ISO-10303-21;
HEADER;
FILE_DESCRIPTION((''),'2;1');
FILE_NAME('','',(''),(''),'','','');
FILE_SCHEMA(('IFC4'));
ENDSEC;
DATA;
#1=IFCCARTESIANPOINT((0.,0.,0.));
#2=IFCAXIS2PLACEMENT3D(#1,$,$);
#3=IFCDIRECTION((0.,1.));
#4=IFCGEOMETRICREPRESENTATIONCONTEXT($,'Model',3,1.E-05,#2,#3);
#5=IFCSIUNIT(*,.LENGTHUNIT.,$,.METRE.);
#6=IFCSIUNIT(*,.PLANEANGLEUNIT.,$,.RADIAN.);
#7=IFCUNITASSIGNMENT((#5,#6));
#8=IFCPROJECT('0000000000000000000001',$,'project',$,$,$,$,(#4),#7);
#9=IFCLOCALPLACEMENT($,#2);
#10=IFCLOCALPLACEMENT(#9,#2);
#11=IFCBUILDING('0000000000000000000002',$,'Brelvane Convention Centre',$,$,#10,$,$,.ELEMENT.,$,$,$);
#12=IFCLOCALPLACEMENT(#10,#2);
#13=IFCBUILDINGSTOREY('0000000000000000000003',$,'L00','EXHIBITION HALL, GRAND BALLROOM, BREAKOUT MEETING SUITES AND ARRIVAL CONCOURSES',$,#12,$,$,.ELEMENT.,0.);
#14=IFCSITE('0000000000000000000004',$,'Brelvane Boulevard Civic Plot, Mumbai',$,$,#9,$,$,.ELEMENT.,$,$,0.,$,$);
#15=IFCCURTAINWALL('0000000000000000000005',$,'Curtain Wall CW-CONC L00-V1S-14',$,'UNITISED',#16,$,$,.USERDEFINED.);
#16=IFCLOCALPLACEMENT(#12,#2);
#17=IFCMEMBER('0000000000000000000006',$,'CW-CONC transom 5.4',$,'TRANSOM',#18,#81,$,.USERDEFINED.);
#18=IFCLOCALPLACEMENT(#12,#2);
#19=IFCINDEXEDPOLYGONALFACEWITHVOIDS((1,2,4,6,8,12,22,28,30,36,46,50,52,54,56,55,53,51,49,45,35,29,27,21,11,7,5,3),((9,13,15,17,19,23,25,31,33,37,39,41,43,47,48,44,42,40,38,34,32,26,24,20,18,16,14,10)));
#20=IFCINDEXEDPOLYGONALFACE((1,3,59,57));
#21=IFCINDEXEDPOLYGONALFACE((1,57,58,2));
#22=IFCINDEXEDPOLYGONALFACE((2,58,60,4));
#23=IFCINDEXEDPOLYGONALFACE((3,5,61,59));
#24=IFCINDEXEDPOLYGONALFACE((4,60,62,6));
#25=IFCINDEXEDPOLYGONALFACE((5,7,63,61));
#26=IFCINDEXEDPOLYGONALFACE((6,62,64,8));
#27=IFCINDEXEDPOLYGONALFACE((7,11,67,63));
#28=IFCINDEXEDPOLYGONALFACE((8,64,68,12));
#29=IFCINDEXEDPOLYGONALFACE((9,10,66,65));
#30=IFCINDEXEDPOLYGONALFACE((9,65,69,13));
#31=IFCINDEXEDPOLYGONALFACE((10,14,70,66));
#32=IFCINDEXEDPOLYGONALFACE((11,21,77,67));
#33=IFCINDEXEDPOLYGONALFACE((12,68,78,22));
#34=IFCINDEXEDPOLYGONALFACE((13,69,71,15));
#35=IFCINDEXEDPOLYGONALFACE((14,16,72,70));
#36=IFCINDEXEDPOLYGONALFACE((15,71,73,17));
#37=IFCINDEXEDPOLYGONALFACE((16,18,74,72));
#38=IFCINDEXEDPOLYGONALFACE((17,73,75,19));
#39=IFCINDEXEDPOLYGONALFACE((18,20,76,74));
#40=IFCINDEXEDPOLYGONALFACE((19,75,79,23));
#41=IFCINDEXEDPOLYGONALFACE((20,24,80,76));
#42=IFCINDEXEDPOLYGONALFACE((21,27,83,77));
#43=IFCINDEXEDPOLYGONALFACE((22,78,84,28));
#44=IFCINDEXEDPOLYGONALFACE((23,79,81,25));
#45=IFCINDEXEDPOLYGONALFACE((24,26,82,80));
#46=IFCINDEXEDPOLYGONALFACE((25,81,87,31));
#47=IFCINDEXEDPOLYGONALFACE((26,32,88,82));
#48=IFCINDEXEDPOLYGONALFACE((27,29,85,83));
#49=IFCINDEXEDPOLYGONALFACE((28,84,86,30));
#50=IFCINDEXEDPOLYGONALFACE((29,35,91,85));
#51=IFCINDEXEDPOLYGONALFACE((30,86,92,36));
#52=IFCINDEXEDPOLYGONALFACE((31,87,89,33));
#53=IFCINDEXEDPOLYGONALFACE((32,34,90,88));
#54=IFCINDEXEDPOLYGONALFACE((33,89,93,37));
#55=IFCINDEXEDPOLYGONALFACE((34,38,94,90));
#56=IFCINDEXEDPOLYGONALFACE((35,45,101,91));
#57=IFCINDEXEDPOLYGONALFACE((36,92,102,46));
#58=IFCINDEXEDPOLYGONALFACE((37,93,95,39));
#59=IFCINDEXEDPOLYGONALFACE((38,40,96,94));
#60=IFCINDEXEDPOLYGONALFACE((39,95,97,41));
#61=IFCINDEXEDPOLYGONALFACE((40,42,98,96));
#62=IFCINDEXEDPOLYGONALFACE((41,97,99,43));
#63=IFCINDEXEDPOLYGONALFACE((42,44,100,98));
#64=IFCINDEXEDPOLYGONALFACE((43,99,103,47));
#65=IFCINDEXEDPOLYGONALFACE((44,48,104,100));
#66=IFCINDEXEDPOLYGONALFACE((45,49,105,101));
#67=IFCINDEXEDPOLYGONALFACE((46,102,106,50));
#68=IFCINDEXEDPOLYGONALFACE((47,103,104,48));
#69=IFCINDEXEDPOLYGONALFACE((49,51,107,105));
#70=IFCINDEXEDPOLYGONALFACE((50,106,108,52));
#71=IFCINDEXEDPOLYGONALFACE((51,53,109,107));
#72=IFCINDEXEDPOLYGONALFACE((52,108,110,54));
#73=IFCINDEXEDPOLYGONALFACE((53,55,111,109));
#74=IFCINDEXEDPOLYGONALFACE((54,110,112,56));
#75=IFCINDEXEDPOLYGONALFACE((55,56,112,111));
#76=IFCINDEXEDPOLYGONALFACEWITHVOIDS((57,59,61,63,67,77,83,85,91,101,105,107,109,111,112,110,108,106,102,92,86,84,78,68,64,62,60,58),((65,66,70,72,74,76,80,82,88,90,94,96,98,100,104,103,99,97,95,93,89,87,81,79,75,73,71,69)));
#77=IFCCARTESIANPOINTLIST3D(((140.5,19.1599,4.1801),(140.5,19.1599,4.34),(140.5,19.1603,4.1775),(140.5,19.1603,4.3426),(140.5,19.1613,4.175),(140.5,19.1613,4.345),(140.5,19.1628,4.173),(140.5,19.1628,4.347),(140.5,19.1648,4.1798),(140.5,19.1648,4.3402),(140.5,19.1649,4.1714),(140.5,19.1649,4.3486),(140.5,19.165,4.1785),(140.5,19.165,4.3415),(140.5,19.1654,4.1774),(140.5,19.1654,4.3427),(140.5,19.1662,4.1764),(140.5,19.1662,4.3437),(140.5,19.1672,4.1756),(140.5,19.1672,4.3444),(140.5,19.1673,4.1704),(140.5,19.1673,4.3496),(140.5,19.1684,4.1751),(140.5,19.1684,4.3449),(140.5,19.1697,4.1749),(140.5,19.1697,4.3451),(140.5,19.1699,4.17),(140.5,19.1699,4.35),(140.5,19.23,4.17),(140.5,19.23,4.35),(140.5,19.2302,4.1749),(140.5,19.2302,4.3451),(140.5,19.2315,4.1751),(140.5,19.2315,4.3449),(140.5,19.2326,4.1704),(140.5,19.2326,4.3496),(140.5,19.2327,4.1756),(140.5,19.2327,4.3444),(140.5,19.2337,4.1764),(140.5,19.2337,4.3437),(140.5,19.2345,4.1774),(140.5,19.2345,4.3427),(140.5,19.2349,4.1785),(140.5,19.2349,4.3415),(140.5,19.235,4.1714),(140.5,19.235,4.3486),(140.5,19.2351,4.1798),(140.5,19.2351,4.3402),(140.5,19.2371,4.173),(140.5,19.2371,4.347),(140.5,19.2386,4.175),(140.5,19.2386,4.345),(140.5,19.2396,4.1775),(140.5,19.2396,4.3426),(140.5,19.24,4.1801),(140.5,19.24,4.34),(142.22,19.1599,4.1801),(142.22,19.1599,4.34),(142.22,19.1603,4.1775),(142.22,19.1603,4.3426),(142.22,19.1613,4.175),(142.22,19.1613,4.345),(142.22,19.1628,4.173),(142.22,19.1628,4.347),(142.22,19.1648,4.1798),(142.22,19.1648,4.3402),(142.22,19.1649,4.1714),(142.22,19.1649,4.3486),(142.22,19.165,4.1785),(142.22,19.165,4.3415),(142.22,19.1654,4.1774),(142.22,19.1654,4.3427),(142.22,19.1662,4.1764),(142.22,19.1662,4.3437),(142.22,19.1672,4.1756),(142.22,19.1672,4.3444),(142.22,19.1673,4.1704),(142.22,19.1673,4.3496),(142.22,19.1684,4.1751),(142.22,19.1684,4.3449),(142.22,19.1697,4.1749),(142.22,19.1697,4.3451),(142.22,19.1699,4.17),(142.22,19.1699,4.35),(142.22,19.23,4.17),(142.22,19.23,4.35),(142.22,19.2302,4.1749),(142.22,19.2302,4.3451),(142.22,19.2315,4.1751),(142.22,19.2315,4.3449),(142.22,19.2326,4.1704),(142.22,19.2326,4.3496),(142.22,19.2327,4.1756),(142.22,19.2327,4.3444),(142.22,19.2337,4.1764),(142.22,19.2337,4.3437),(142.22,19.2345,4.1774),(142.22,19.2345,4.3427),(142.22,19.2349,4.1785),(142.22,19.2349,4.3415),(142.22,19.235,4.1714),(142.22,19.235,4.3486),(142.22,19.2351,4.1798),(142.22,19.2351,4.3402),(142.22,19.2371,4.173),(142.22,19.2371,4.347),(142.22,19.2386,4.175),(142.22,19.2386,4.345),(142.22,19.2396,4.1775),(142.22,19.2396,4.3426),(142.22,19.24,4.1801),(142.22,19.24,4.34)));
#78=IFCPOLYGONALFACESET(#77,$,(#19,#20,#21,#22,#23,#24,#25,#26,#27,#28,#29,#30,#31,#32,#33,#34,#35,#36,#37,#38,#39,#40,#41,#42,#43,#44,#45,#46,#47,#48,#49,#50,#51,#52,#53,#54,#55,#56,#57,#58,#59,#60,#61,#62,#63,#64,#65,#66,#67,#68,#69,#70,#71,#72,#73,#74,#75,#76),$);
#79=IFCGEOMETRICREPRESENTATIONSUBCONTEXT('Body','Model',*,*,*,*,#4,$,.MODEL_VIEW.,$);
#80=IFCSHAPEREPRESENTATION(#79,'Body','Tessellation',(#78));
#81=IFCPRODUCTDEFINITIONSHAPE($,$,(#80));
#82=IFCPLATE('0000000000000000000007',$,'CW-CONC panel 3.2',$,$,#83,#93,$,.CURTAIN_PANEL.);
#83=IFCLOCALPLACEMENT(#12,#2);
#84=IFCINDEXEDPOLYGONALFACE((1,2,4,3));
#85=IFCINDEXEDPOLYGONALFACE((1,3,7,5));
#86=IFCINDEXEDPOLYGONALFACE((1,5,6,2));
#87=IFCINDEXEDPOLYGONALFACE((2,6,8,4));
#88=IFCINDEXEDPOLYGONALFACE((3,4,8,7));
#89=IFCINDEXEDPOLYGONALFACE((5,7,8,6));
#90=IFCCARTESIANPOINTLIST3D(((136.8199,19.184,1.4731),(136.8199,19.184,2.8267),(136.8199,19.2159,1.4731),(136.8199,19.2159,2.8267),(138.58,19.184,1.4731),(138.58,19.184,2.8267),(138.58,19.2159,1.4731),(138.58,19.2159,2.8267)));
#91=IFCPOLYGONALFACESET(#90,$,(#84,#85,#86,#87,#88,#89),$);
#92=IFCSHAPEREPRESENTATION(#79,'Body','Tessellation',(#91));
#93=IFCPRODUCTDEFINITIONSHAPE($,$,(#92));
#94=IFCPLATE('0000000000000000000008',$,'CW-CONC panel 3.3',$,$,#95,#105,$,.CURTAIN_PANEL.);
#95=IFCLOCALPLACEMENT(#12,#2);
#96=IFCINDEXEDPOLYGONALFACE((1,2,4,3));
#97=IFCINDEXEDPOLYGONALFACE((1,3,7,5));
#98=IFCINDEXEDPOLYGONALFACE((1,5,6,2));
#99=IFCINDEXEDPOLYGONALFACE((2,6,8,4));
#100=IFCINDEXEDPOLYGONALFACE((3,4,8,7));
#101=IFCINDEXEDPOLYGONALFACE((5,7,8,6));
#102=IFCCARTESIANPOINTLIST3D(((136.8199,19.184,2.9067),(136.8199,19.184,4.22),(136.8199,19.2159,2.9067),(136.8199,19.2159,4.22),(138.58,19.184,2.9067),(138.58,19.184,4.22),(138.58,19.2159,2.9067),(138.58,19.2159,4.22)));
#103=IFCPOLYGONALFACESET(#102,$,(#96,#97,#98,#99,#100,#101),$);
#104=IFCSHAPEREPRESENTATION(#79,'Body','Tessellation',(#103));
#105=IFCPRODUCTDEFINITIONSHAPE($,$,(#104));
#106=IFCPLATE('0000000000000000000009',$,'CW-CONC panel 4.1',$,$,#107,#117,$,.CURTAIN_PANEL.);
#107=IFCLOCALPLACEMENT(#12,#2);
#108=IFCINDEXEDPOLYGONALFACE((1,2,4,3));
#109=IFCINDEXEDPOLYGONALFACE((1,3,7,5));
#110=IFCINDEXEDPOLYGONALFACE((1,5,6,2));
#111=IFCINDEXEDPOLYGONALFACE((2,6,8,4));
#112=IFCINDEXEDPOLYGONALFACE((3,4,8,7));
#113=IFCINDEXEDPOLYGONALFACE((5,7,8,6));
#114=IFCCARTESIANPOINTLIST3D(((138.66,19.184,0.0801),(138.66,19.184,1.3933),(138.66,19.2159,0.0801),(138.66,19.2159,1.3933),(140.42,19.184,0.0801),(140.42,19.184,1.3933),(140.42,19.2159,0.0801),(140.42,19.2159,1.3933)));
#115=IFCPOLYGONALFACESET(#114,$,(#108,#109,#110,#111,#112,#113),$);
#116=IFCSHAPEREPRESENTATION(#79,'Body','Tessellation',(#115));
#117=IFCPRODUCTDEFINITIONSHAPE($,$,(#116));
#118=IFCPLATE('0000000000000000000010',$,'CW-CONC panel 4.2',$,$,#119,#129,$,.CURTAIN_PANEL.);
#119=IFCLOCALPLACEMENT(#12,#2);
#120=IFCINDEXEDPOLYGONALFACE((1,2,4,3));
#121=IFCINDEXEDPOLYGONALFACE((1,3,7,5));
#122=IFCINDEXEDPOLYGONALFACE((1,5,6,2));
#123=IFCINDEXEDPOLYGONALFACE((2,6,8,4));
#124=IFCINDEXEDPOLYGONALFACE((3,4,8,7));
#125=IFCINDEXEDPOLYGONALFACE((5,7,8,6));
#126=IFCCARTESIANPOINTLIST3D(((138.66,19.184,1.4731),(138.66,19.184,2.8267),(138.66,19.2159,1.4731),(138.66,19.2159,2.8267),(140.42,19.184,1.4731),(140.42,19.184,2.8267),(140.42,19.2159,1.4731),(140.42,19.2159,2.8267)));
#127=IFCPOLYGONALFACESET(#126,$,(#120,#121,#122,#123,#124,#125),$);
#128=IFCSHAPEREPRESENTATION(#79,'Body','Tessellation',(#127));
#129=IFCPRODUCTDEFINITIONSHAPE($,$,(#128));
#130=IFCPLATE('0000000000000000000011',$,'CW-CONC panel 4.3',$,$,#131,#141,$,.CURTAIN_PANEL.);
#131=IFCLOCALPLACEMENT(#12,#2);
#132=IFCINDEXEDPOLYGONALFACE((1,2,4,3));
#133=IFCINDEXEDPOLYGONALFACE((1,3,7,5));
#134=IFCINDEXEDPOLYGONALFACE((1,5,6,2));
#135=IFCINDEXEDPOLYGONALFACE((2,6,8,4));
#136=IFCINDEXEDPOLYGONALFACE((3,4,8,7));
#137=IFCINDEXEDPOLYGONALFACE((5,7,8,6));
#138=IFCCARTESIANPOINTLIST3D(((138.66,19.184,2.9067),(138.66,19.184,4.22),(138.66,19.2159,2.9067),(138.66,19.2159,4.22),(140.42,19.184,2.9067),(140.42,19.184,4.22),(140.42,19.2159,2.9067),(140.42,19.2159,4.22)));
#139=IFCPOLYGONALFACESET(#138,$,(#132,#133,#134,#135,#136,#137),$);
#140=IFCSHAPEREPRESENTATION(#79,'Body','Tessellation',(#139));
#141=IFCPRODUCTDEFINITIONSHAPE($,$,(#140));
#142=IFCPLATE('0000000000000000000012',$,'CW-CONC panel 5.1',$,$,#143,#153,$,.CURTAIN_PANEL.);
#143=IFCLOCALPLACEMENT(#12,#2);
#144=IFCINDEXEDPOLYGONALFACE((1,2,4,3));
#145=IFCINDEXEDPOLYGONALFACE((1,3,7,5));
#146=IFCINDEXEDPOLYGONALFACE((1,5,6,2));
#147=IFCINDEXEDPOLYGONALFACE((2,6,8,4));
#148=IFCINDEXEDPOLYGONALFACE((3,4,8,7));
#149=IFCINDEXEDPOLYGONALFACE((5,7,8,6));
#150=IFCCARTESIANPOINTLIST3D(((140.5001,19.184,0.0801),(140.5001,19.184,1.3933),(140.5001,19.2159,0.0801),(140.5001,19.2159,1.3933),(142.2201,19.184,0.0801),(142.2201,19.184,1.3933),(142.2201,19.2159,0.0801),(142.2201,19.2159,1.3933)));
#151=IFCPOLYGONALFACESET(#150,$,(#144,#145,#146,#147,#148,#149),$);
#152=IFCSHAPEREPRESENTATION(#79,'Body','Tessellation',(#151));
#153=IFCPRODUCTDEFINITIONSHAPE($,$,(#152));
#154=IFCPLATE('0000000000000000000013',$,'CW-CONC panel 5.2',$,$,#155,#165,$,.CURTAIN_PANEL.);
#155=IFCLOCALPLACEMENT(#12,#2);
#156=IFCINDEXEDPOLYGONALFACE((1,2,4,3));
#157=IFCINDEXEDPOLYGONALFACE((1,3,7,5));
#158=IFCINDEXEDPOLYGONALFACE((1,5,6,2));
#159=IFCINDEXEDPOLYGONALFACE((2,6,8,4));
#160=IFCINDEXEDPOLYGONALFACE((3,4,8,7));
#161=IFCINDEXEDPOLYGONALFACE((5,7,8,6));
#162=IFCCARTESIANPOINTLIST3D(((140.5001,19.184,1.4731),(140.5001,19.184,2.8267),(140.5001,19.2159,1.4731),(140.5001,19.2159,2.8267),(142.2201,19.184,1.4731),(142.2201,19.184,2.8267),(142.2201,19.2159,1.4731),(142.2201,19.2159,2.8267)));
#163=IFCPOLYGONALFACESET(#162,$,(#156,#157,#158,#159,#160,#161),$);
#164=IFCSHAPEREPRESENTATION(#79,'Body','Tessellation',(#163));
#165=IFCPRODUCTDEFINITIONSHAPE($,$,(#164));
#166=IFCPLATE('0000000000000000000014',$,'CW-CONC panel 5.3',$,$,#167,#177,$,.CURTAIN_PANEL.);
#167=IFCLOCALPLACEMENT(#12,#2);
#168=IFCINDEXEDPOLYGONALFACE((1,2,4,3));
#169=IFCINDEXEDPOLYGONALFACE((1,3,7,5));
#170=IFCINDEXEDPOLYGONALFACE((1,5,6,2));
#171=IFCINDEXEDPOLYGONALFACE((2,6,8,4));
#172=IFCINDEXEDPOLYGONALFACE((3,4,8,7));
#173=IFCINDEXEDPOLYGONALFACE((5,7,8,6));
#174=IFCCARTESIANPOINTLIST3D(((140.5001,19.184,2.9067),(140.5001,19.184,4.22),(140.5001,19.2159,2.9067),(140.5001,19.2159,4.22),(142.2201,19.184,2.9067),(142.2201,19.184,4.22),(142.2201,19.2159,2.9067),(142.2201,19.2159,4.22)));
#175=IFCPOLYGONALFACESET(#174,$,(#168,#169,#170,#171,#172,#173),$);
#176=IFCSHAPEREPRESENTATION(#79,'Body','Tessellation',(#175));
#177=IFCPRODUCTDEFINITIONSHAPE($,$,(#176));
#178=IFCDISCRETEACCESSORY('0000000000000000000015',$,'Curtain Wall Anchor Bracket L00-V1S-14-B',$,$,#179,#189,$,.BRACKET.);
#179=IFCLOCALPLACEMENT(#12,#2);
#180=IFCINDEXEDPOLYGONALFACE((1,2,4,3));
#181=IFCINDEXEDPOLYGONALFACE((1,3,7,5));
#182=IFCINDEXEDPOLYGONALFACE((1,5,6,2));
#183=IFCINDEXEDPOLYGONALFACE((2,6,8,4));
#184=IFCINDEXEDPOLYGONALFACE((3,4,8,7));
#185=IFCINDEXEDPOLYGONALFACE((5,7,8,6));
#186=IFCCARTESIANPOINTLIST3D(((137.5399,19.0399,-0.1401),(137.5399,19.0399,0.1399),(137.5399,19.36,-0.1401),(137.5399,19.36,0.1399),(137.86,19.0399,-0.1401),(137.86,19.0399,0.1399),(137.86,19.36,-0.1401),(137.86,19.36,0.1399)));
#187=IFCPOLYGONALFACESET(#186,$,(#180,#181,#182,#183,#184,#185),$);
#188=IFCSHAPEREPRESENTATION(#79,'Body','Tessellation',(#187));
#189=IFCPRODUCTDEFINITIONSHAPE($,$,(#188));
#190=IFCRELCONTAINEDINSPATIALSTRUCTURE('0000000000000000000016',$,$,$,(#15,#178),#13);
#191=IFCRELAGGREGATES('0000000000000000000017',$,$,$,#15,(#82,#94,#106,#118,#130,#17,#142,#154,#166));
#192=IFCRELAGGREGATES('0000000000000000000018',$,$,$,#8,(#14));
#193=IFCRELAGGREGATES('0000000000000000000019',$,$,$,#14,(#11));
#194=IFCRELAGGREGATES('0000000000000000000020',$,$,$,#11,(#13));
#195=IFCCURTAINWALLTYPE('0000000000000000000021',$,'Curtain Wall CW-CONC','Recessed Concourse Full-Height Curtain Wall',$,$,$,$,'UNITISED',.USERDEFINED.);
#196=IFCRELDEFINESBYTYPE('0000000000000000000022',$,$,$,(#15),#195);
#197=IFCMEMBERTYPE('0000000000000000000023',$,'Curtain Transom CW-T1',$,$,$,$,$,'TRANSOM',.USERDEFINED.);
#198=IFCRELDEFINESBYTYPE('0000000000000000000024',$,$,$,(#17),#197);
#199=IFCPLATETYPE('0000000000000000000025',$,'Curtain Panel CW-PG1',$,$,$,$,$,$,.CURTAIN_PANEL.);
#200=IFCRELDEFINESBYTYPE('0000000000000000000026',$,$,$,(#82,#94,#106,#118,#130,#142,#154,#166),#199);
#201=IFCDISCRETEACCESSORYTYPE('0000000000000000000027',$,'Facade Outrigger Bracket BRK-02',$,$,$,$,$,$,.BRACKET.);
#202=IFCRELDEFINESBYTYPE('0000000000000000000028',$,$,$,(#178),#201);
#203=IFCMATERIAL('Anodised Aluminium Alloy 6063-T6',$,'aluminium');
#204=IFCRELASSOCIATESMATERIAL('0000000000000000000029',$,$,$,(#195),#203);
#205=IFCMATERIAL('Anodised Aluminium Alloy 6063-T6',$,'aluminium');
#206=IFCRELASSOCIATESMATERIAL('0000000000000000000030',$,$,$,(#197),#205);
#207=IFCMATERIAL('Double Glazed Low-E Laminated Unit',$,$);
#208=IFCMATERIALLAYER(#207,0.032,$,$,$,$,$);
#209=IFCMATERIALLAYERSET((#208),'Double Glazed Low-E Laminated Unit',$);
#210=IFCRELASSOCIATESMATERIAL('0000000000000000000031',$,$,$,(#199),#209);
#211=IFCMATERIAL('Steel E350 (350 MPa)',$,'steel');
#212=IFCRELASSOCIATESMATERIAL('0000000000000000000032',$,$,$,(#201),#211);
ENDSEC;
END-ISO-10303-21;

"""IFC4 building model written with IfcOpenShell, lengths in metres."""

from ifc_helpers import new_model, si_unit, direction, frame, origin, origin_2d, place, context, subcontext, project, spatial, rectangle, hollow_rectangle, extrude, material, layer, layer_set, material_profile, profile_set, type_object, element, aggregate, save


model = new_model("IFC4")

# Units and contexts
model_context = context("Model", 3, precision=1e-05, world=origin(), true_north=direction((0.0, 1.0)))
body_context = subcontext(model_context, "Body", "Model", "MODEL_VIEW")
ifc_project = project(units=[si_unit("LENGTHUNIT", "METRE"), si_unit("PLANEANGLEUNIT", "RADIAN")], contexts=[model_context])

# Site, building, storey
site_placement = place(None, origin())
site = spatial("IfcSite", under=ifc_project, at=site_placement, Name="Brelvane Boulevard Civic Plot, Mumbai", CompositionType="ELEMENT", RefElevation=0.0)
building_placement = place(site_placement, origin())
building = spatial("IfcBuilding", under=site, at=building_placement, Name="Brelvane Convention Centre", CompositionType="ELEMENT")
storey_placement = place(building_placement, origin())
storey = spatial("IfcBuildingStorey", under=building, at=storey_placement, Name="L00", Description="EXHIBITION HALL, GRAND BALLROOM, BREAKOUT MEETING SUITES AND ARRIVAL CONCOURSES", CompositionType="ELEMENT", Elevation=0.0)

# Curtain wall, member, plates
ifc_material_1 = material(Name="Anodised Aluminium Alloy 6063-T6", Category="aluminium")
curtain_wall_type = type_object("IfcCurtainWallType", Name="Curtain Wall CW-CONC", Description="Recessed Concourse Full-Height Curtain Wall", ElementType="UNITISED", PredefinedType="USERDEFINED", material=ifc_material_1)
curtain_wall_placement = place(storey_placement, origin())
curtain_wall = element("IfcCurtainWall", 1, at=curtain_wall_placement, inside=storey, type_object=curtain_wall_type, Name="Curtain Wall CW-CONC L00-V1S-14", ObjectType="UNITISED", PredefinedType="USERDEFINED")
ifc_material_2 = material(Name="Anodised Aluminium Alloy 6063-T6", Category="aluminium")
ifc_material_profile_1 = material_profile(ifc_material_2, hollow_rectangle(XDim=0.0801, YDim=0.1799, WallThickness=0.0049, InnerFilletRadius=0.0049, OuterFilletRadius=0.01, at=origin_2d()), Name="ALU-T 180x80x5.0")
ifc_profile_set_1 = profile_set([ifc_material_profile_1], Name="Anodised Aluminium Alloy 6063-T6")
member_type_1 = type_object("IfcMemberType", Name="Curtain Transom CW-T1", ElementType="TRANSOM", PredefinedType="USERDEFINED", material=ifc_profile_set_1)
member_1_placement = place(storey_placement, frame((140.5, 19.2, 4.26), z_axis=(1.0, 0.0, 0.0), x_axis=(0.0, 1.0, 0.0)))
member_1 = element("IfcMember", 2, at=member_1_placement, type_object=member_type_1, Name="CW-CONC transom 5.4", ObjectType="TRANSOM", PredefinedType="USERDEFINED", context=body_context, shape_type="SweptSolid", body=[
    extrude(hollow_rectangle(XDim=0.0801, YDim=0.1799, WallThickness=0.0049, InnerFilletRadius=0.0049, OuterFilletRadius=0.01, at=origin_2d()), origin(), (0.0, 0.0, 1.0), 1.72),
])
ifc_material_3 = material(Name="Double Glazed Low-E Laminated Unit")
ifc_layer = layer(ifc_material_3, 0.032)
ifc_layer_set = layer_set([ifc_layer], Name="Double Glazed Low-E Laminated Unit")
plate_type = type_object("IfcPlateType", Name="Curtain Panel CW-PG1", PredefinedType="CURTAIN_PANEL", material=ifc_layer_set)
plate_1_placement = place(storey_placement, frame((137.7, 19.2, 1.4731), z_axis=(0.0, 0.0, 1.0), x_axis=(1.0, 0.0, 0.0)))
plate_1 = element("IfcPlate", 3, at=plate_1_placement, type_object=plate_type, Name="CW-CONC panel 3.2", PredefinedType="CURTAIN_PANEL", context=body_context, shape_type="SweptSolid", body=[
    extrude(rectangle(XDim=1.76, YDim=0.032, at=origin_2d()), origin(), (0.0, 0.0, 1.0), 1.3535),
])
plate_2_placement = place(storey_placement, frame((137.7, 19.2, 2.9067), z_axis=(0.0, 0.0, 1.0), x_axis=(1.0, 0.0, 0.0)))
plate_2 = element("IfcPlate", 4, at=plate_2_placement, type_object=plate_type, Name="CW-CONC panel 3.3", PredefinedType="CURTAIN_PANEL", context=body_context, shape_type="SweptSolid", body=[
    extrude(rectangle(XDim=1.76, YDim=0.032, at=origin_2d()), origin(), (0.0, 0.0, 1.0), 1.3132),
])
plate_3_placement = place(storey_placement, frame((139.54, 19.2, 0.0801), z_axis=(0.0, 0.0, 1.0), x_axis=(1.0, 0.0, 0.0)))
plate_3 = element("IfcPlate", 5, at=plate_3_placement, type_object=plate_type, Name="CW-CONC panel 4.1", PredefinedType="CURTAIN_PANEL", context=body_context, shape_type="SweptSolid", body=[
    extrude(rectangle(XDim=1.76, YDim=0.032, at=origin_2d()), origin(), (0.0, 0.0, 1.0), 1.3132),
])
plate_4_placement = place(storey_placement, frame((139.54, 19.2, 1.4731), z_axis=(0.0, 0.0, 1.0), x_axis=(1.0, 0.0, 0.0)))
plate_4 = element("IfcPlate", 6, at=plate_4_placement, type_object=plate_type, Name="CW-CONC panel 4.2", PredefinedType="CURTAIN_PANEL", context=body_context, shape_type="SweptSolid", body=[
    extrude(rectangle(XDim=1.76, YDim=0.032, at=origin_2d()), origin(), (0.0, 0.0, 1.0), 1.3535),
])
plate_5_placement = place(storey_placement, frame((139.54, 19.2, 2.9067), z_axis=(0.0, 0.0, 1.0), x_axis=(1.0, 0.0, 0.0)))
plate_5 = element("IfcPlate", 7, at=plate_5_placement, type_object=plate_type, Name="CW-CONC panel 4.3", PredefinedType="CURTAIN_PANEL", context=body_context, shape_type="SweptSolid", body=[
    extrude(rectangle(XDim=1.76, YDim=0.032, at=origin_2d()), origin(), (0.0, 0.0, 1.0), 1.3132),
])
plate_6_placement = place(storey_placement, frame((141.3601, 19.2, 0.0801), z_axis=(0.0, 0.0, 1.0), x_axis=(1.0, 0.0, 0.0)))
plate_6 = element("IfcPlate", 8, at=plate_6_placement, type_object=plate_type, Name="CW-CONC panel 5.1", PredefinedType="CURTAIN_PANEL", context=body_context, shape_type="SweptSolid", body=[
    extrude(rectangle(XDim=1.72, YDim=0.032, at=origin_2d()), origin(), (0.0, 0.0, 1.0), 1.3132),
])
plate_7_placement = place(storey_placement, frame((141.3601, 19.2, 1.4731), z_axis=(0.0, 0.0, 1.0), x_axis=(1.0, 0.0, 0.0)))
plate_7 = element("IfcPlate", 9, at=plate_7_placement, type_object=plate_type, Name="CW-CONC panel 5.2", PredefinedType="CURTAIN_PANEL", context=body_context, shape_type="SweptSolid", body=[
    extrude(rectangle(XDim=1.72, YDim=0.032, at=origin_2d()), origin(), (0.0, 0.0, 1.0), 1.3535),
])
plate_8_placement = place(storey_placement, frame((141.3601, 19.2, 2.9067), z_axis=(0.0, 0.0, 1.0), x_axis=(1.0, 0.0, 0.0)))
plate_8 = element("IfcPlate", 10, at=plate_8_placement, type_object=plate_type, Name="CW-CONC panel 5.3", PredefinedType="CURTAIN_PANEL", context=body_context, shape_type="SweptSolid", body=[
    extrude(rectangle(XDim=1.72, YDim=0.032, at=origin_2d()), origin(), (0.0, 0.0, 1.0), 1.3132),
])
aggregate(curtain_wall, [plate_1, plate_2, plate_3, plate_4, plate_5, member_1, plate_6, plate_7, plate_8])

# Discrete accessory
ifc_material_4 = material(Name="Steel E350 (350 MPa)", Category="steel")
discrete_accessory_type = type_object("IfcDiscreteAccessoryType", Name="Facade Outrigger Bracket BRK-02", PredefinedType="BRACKET", material=ifc_material_4)
discrete_accessory_placement = place(storey_placement, frame((137.7, 19.2, -0.1401), z_axis=(0.0, 0.0, 1.0), x_axis=(1.0, 0.0, 0.0)))
element("IfcDiscreteAccessory", 11, at=discrete_accessory_placement, inside=storey, type_object=discrete_accessory_type, Name="Curtain Wall Anchor Bracket L00-V1S-14-B", PredefinedType="BRACKET", context=body_context, shape_type="SweptSolid", body=[
    extrude(rectangle(XDim=0.3201, YDim=0.3201, at=origin_2d()), origin(), (0.0, 0.0, 1.0), 0.28),
])

save(model, "model.ifc")
